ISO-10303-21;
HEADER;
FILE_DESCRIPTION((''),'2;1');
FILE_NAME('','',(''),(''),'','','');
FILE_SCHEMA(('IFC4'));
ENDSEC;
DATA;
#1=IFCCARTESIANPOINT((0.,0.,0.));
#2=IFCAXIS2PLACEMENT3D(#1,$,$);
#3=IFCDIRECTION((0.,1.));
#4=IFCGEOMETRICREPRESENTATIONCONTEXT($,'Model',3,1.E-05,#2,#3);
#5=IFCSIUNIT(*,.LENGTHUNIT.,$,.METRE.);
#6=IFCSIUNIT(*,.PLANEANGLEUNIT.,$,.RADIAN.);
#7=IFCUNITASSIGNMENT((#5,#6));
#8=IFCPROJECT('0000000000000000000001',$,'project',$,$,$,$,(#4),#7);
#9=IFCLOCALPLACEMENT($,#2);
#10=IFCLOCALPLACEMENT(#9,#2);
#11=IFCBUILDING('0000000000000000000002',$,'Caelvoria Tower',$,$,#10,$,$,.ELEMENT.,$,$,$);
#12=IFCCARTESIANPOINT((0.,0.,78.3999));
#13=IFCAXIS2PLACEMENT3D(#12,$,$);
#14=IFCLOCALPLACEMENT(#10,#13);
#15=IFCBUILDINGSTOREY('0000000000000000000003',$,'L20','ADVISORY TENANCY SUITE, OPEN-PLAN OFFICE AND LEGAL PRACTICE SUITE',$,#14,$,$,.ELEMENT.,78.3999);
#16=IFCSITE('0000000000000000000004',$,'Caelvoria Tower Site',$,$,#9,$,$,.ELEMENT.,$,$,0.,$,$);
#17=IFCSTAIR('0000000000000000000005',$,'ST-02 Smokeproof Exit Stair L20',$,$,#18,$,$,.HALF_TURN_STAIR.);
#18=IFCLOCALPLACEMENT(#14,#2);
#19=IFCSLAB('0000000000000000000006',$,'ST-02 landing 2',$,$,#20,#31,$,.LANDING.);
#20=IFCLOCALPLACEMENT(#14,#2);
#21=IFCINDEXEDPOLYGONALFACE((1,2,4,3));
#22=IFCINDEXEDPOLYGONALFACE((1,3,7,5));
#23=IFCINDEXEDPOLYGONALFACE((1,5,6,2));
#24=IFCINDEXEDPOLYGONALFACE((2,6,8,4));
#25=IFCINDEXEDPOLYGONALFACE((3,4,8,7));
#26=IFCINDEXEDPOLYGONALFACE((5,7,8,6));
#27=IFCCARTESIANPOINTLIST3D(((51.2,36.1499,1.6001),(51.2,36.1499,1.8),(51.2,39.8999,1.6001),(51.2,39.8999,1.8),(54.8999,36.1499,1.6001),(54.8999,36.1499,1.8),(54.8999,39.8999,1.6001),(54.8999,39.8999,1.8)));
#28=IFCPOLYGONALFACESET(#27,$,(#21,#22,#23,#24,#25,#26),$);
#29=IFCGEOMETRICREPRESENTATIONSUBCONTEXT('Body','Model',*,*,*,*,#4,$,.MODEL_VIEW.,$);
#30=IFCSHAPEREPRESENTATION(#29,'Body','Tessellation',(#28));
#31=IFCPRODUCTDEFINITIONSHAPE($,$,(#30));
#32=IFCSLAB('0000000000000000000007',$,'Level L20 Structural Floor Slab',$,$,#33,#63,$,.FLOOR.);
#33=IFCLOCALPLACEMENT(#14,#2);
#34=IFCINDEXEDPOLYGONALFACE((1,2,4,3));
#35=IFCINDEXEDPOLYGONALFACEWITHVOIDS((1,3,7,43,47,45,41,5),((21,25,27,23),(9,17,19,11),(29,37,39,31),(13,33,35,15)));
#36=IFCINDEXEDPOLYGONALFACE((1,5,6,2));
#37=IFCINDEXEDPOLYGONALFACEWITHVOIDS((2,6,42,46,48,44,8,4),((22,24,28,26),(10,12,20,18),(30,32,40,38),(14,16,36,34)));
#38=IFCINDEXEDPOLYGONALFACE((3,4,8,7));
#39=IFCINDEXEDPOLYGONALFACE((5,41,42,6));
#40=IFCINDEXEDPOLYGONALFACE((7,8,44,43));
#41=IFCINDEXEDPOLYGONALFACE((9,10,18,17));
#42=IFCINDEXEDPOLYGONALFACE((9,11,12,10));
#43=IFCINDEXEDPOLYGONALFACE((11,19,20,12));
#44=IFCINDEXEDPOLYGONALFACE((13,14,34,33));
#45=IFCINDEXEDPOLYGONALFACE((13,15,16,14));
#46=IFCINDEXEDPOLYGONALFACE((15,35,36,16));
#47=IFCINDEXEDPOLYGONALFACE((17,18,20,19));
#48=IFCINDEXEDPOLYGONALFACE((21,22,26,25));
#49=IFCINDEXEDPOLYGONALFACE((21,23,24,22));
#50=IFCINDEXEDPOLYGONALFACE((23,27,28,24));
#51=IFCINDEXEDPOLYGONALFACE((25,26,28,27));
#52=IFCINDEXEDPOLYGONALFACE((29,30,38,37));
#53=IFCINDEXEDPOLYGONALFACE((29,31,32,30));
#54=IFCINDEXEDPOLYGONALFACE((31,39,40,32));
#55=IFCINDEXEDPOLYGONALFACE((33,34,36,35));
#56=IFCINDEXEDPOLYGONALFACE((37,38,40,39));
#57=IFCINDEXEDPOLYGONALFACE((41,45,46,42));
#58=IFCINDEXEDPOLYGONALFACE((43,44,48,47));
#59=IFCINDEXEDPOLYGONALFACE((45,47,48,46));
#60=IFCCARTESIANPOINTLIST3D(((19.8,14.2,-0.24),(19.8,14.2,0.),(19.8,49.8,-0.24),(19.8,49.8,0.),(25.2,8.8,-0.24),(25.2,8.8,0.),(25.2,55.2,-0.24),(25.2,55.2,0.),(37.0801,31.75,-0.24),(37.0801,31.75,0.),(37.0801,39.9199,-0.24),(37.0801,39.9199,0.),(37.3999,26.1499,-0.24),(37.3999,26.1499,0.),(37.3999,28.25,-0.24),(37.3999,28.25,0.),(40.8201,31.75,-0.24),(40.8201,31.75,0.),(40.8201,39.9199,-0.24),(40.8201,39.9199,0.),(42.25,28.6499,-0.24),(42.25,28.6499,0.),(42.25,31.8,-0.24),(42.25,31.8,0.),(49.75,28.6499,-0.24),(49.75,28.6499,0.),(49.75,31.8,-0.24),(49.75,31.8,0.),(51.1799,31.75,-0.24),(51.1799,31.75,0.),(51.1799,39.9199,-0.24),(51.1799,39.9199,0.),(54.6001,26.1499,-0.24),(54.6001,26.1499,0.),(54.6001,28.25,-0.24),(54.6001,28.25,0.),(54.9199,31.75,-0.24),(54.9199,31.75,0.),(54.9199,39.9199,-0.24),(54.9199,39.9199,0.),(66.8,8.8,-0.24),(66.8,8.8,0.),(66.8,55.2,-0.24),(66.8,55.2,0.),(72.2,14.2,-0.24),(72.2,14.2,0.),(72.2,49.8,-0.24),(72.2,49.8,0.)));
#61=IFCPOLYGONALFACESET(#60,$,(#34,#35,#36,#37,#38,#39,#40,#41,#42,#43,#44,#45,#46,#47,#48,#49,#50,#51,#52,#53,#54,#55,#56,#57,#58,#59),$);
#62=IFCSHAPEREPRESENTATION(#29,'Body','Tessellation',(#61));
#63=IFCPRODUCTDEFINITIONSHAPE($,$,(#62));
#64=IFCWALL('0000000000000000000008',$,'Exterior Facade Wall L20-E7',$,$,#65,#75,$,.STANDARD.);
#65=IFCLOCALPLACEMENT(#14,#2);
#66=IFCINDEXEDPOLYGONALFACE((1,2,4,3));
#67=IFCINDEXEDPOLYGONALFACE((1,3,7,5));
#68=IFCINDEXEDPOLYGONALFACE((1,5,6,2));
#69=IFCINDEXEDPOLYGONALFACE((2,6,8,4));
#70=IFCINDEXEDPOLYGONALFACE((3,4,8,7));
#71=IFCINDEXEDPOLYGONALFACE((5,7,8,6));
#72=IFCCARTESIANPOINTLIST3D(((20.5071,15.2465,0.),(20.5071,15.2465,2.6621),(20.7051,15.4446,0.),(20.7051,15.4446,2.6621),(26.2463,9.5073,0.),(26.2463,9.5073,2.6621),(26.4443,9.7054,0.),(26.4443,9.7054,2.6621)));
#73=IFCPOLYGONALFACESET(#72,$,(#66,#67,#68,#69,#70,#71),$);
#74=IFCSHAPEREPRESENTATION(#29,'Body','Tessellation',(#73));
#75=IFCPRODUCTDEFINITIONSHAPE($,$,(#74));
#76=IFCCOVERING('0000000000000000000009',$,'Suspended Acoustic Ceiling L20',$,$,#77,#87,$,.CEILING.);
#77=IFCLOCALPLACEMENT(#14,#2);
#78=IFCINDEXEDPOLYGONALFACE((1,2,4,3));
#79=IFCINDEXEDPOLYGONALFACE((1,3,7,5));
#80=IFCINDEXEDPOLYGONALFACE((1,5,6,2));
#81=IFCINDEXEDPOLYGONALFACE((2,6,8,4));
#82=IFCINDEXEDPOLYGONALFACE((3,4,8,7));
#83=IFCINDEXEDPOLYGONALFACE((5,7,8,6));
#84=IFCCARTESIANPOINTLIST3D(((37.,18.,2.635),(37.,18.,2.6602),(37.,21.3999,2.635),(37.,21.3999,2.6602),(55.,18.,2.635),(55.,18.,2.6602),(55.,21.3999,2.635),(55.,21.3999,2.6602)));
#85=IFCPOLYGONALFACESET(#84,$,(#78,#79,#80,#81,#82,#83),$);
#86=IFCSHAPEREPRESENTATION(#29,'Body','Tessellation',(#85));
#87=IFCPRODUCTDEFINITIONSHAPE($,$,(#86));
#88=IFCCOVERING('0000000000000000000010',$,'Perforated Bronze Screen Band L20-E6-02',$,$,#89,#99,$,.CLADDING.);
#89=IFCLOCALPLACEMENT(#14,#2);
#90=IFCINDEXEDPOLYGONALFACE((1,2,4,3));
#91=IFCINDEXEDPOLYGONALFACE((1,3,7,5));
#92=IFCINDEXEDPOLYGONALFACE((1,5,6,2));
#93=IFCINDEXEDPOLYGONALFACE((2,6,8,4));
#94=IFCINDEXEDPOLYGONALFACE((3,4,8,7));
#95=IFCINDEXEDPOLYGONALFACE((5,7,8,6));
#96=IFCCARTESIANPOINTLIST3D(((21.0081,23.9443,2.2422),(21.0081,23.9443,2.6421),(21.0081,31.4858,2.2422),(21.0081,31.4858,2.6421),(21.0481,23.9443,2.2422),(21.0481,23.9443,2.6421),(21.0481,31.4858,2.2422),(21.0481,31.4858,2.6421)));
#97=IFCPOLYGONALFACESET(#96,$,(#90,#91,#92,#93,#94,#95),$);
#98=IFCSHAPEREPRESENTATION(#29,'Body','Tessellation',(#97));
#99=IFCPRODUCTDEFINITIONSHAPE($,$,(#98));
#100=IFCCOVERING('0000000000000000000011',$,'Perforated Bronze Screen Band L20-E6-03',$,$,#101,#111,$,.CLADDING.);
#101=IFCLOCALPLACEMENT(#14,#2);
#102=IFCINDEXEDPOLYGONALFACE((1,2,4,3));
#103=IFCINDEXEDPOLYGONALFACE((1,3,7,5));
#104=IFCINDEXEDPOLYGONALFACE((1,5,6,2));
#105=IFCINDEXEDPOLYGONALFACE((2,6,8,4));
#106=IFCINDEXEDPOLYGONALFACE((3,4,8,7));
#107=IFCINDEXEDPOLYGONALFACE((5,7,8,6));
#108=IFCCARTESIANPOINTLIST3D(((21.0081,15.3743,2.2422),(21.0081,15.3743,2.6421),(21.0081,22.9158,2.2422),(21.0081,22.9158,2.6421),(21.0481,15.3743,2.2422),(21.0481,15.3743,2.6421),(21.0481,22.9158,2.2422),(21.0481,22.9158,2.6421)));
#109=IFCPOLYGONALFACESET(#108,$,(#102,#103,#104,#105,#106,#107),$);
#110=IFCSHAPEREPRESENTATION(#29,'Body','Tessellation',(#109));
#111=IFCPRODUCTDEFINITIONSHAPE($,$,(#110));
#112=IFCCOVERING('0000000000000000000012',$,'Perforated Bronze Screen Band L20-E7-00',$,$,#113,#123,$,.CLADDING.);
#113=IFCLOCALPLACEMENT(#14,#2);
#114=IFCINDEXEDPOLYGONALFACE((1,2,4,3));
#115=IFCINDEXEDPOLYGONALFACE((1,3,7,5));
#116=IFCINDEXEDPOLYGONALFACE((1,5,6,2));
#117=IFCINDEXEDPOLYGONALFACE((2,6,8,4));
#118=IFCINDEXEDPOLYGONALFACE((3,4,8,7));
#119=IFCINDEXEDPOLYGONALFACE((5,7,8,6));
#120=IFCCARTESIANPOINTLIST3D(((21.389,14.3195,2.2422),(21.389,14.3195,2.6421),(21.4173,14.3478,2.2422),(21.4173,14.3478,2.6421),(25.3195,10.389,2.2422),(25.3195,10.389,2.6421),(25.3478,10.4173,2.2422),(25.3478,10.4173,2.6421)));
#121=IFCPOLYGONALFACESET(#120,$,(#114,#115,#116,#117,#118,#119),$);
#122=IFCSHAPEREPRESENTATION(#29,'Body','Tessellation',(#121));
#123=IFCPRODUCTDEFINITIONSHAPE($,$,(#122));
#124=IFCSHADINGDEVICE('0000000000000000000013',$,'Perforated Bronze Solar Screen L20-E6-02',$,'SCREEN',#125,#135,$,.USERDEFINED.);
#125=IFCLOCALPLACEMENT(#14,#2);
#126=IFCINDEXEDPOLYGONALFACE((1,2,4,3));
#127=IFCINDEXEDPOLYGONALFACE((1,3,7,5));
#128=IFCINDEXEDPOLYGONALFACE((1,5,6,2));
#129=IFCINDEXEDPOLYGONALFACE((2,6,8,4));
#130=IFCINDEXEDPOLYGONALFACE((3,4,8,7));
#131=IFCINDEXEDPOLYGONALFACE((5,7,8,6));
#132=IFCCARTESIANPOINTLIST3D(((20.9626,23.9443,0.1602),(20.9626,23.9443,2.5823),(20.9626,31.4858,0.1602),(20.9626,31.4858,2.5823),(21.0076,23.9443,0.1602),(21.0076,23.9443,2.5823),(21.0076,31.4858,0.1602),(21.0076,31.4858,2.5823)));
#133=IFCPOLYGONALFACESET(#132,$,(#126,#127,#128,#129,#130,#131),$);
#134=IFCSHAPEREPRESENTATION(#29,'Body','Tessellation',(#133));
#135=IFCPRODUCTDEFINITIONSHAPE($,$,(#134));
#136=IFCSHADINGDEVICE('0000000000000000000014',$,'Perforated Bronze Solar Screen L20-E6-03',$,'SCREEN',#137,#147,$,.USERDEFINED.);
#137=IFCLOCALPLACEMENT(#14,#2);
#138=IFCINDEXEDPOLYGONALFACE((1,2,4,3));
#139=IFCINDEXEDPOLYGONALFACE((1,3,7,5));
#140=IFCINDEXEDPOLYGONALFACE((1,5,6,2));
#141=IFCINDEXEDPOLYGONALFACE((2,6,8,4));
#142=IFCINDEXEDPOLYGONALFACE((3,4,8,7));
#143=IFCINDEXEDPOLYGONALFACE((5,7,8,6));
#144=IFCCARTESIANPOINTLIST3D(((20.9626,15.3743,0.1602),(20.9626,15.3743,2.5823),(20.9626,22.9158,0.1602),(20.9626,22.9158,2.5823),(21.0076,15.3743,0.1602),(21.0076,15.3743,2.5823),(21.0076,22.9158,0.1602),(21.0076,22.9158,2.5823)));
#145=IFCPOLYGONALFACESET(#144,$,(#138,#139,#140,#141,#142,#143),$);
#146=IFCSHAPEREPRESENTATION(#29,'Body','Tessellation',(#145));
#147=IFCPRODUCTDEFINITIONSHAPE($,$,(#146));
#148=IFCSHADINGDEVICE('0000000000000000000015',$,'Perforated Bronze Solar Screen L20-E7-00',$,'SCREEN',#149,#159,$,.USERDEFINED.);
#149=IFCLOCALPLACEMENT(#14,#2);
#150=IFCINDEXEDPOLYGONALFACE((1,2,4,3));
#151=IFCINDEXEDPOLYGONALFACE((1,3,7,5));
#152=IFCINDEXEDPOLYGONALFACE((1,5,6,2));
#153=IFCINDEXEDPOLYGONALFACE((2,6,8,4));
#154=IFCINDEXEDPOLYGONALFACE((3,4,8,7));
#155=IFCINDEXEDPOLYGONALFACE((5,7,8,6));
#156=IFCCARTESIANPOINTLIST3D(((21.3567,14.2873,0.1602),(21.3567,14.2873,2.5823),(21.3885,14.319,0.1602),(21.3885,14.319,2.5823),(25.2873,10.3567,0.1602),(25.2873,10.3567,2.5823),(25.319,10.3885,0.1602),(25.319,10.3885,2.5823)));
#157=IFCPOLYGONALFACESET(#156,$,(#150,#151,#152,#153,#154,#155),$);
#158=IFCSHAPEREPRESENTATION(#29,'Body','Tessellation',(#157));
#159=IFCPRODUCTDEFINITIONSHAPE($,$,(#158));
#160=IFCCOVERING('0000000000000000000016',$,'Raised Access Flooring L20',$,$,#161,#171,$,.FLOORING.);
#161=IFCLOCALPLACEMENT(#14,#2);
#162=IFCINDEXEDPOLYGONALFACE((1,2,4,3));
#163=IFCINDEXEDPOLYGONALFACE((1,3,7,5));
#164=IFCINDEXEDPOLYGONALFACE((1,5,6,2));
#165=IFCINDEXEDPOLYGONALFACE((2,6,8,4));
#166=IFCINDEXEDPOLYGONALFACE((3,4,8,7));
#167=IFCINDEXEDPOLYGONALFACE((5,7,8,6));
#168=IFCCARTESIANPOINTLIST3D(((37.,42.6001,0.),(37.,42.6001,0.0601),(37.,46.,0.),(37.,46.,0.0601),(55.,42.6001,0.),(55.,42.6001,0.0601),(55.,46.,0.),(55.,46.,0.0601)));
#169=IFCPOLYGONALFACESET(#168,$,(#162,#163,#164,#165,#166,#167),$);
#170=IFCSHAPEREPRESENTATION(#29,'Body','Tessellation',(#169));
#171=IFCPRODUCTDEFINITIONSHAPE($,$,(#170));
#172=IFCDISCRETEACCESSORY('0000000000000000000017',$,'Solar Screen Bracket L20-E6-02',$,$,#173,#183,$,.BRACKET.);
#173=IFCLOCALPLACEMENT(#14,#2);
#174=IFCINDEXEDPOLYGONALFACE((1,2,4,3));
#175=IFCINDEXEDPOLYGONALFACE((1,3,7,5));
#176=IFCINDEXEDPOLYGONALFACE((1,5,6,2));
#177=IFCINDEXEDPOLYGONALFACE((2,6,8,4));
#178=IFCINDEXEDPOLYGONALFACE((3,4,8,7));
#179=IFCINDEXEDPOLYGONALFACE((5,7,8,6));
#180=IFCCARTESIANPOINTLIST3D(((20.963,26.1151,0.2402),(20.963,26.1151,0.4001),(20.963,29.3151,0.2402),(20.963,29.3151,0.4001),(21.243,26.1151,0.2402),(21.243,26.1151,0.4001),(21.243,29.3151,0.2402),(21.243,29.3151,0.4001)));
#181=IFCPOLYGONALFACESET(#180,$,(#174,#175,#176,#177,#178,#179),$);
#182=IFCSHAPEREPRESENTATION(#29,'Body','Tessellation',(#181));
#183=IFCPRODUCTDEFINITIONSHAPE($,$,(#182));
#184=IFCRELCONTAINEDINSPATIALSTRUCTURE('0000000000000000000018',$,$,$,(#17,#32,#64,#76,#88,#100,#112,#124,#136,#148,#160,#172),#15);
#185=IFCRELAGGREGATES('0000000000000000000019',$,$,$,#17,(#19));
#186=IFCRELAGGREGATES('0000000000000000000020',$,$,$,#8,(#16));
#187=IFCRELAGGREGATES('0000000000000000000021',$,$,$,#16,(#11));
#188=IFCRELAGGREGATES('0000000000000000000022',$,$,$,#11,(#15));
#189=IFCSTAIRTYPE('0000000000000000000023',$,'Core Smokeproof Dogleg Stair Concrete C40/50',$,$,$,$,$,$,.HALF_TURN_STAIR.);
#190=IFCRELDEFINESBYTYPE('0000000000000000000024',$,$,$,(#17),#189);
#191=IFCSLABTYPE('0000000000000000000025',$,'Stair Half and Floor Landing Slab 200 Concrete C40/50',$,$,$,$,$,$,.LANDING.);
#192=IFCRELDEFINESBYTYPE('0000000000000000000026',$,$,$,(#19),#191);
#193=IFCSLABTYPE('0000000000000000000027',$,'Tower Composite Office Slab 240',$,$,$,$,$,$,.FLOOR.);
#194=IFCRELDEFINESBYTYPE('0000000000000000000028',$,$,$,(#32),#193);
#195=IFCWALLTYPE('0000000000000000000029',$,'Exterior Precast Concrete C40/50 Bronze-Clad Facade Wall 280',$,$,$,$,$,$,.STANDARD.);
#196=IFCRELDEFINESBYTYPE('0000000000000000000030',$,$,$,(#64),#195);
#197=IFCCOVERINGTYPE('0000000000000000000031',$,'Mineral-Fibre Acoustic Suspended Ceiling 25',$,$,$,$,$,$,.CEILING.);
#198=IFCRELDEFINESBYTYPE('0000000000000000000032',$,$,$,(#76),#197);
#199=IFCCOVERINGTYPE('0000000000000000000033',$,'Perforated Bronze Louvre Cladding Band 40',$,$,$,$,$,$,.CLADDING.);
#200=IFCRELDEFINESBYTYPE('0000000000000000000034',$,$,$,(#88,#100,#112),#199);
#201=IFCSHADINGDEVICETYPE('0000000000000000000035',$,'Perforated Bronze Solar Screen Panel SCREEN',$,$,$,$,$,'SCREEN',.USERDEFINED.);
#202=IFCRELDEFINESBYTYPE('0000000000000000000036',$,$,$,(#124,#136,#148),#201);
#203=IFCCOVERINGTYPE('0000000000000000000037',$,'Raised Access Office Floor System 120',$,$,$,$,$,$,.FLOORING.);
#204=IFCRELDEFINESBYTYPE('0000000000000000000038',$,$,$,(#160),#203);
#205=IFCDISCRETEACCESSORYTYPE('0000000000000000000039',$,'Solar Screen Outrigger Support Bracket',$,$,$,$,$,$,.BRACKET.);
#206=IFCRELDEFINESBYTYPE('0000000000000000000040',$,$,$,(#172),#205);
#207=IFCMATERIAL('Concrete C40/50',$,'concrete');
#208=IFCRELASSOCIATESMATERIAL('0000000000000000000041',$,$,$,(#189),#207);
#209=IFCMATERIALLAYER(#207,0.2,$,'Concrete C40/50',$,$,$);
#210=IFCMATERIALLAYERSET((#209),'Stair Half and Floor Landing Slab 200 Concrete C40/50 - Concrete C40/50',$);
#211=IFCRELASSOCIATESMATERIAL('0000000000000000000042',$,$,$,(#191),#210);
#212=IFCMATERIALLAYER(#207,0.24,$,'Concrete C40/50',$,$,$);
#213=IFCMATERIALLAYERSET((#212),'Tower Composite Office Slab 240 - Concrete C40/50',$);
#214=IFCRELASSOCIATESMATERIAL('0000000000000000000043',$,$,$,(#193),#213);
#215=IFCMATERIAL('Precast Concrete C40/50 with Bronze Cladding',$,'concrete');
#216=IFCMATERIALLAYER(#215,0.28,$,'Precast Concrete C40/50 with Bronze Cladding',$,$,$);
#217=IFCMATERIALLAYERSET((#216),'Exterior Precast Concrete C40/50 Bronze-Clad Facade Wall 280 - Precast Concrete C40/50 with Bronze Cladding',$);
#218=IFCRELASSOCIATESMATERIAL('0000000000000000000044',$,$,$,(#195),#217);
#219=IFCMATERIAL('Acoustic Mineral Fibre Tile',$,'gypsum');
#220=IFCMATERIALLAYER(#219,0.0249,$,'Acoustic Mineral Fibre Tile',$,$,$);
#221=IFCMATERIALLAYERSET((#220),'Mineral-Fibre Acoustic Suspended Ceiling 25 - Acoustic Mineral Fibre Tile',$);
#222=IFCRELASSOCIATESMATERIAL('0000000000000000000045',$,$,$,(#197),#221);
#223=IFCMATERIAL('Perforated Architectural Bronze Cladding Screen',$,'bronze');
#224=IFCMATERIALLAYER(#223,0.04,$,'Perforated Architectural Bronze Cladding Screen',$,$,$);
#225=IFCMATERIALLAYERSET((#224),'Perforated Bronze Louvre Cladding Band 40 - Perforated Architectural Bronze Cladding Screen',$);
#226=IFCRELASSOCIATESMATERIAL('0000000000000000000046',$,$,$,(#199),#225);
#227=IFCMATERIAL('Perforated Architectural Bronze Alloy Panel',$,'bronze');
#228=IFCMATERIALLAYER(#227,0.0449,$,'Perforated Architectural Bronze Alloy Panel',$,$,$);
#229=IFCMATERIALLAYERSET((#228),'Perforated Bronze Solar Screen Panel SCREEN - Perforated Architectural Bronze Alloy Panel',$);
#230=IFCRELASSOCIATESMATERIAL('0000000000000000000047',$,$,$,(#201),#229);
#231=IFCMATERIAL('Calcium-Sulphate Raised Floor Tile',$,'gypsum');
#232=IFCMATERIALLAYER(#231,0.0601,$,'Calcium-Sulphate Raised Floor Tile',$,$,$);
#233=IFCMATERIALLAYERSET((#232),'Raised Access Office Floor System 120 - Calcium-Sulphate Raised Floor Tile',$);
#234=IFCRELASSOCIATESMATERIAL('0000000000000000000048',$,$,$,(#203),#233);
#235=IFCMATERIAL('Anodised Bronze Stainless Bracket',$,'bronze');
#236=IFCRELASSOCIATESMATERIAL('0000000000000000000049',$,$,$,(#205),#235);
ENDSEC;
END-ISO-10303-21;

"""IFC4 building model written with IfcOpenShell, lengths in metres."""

from ifc_helpers import new_model, si_unit, direction, frame, frame_2d, origin, origin_2d, place, context, subcontext, project, spatial, polyline, rectangle, outline, extrude, material, layer, layer_set, type_object, element, aggregate, save


model = new_model("IFC4")

# Units and contexts
model_context = context("Model", 3, precision=1e-05, world=origin(), true_north=direction((0.0, 1.0)))
body_context = subcontext(model_context, "Body", "Model", "MODEL_VIEW")
ifc_project = project(units=[si_unit("LENGTHUNIT", "METRE"), si_unit("PLANEANGLEUNIT", "RADIAN")], contexts=[model_context])

# Site, building, storey
site_placement = place(None, origin())
site = spatial("IfcSite", under=ifc_project, at=site_placement, Name="Caelvoria Tower Site", CompositionType="ELEMENT", RefElevation=0.0)
building_placement = place(site_placement, origin())
building = spatial("IfcBuilding", under=site, at=building_placement, Name="Caelvoria Tower", CompositionType="ELEMENT")
storey_placement = place(building_placement, frame((0.0, 0.0, 78.3999)))
storey = spatial("IfcBuildingStorey", under=building, at=storey_placement, Name="L20", Description="ADVISORY TENANCY SUITE, OPEN-PLAN OFFICE AND LEGAL PRACTICE SUITE", CompositionType="ELEMENT", Elevation=78.3999)

# Stair, slab
ifc_material_1 = material(Name="Concrete C40/50", Category="concrete")
stair_type = type_object("IfcStairType", Name="Core Smokeproof Dogleg Stair Concrete C40/50", PredefinedType="HALF_TURN_STAIR", material=ifc_material_1)
ifc_layer_1 = layer(ifc_material_1, 0.2, Name="Concrete C40/50")
ifc_layer_set_1 = layer_set([ifc_layer_1], Name="Stair Half and Floor Landing Slab 200 Concrete C40/50 - Concrete C40/50")
slab_type_1 = type_object("IfcSlabType", Name="Stair Half and Floor Landing Slab 200 Concrete C40/50", PredefinedType="LANDING", material=ifc_layer_set_1)
stair_1_placement = place(storey_placement, origin())
stair_1 = element("IfcStair", 1, at=stair_1_placement, inside=storey, type_object=stair_type, Name="ST-02 Smokeproof Exit Stair L20", PredefinedType="HALF_TURN_STAIR")
slab_1_placement = place(storey_placement, frame((0.0, 0.0, 1.6001)))
slab_1 = element("IfcSlab", 2, at=slab_1_placement, type_object=slab_type_1, Name="ST-02 landing 2", PredefinedType="LANDING", context=body_context, shape_type="SweptSolid", body=[
    extrude(outline(polyline([(51.2, 36.1499), (54.8999, 36.1499), (54.8999, 39.8999), (51.2, 39.8999), (51.2, 36.1499)])), origin(), (0.0, 0.0, 1.0), 0.2),
])
aggregate(stair_1, [slab_1])

# Slab
ifc_layer_2 = layer(ifc_material_1, 0.24, Name="Concrete C40/50")
ifc_layer_set_2 = layer_set([ifc_layer_2], Name="Tower Composite Office Slab 240 - Concrete C40/50")
slab_type_2 = type_object("IfcSlabType", Name="Tower Composite Office Slab 240", PredefinedType="FLOOR", material=ifc_layer_set_2)
slab_2_placement = place(storey_placement, frame((0.0, 0.0, -0.24)))
element("IfcSlab", 3, at=slab_2_placement, inside=storey, type_object=slab_type_2, Name="Level L20 Structural Floor Slab", PredefinedType="FLOOR", context=body_context, shape_type="SweptSolid", body=[
    extrude(outline(polyline([(25.2, 8.8), (66.8, 8.8), (72.2, 14.2), (72.2, 49.8), (66.8, 55.2), (25.2, 55.2), (19.8, 49.8), (19.8, 14.2), (25.2, 8.8)]), holes=[polyline([(37.0801, 31.75), (40.8201, 31.75), (40.8201, 39.9199), (37.0801, 39.9199), (37.0801, 31.75)]), polyline([(51.1799, 31.75), (54.9199, 31.75), (54.9199, 39.9199), (51.1799, 39.9199), (51.1799, 31.75)]), polyline([(42.25, 28.6499), (49.75, 28.6499), (49.75, 31.8), (42.25, 31.8), (42.25, 28.6499)]), polyline([(37.3999, 26.1499), (54.6001, 26.1499), (54.6001, 28.25), (37.3999, 28.25), (37.3999, 26.1499)])]), origin(), (0.0, 0.0, 1.0), 0.24),
])

# Wall
ifc_material_2 = material(Name="Precast Concrete C40/50 with Bronze Cladding", Category="concrete")
ifc_layer_3 = layer(ifc_material_2, 0.28, Name="Precast Concrete C40/50 with Bronze Cladding")
ifc_layer_set_3 = layer_set([ifc_layer_3], Name="Exterior Precast Concrete C40/50 Bronze-Clad Facade Wall 280 - Precast Concrete C40/50 with Bronze Cladding")
wall_type = type_object("IfcWallType", Name="Exterior Precast Concrete C40/50 Bronze-Clad Facade Wall 280", PredefinedType="STANDARD", material=ifc_layer_set_3)
wall_placement = place(storey_placement, frame((20.6062, 15.3455, 0.0), z_axis=(0.0, 0.0, 1.0), x_axis=(0.707107, -0.707107, 0.0)))
element("IfcWall", 4, at=wall_placement, inside=storey, type_object=wall_type, Name="Exterior Facade Wall L20-E7", PredefinedType="STANDARD", context=body_context, shape_type="SweptSolid", body=[
    extrude(rectangle(XDim=8.1165, YDim=0.28, at=frame_2d((4.0581, 0.0))), origin(), (0.0, 0.0, 1.0), 2.6621),
])

# Coverings
ifc_material_3 = material(Name="Acoustic Mineral Fibre Tile", Category="gypsum")
ifc_layer_4 = layer(ifc_material_3, 0.0249, Name="Acoustic Mineral Fibre Tile")
ifc_layer_set_4 = layer_set([ifc_layer_4], Name="Mineral-Fibre Acoustic Suspended Ceiling 25 - Acoustic Mineral Fibre Tile")
covering_type_1 = type_object("IfcCoveringType", Name="Mineral-Fibre Acoustic Suspended Ceiling 25", PredefinedType="CEILING", material=ifc_layer_set_4)
covering_1_placement = place(storey_placement, frame((0.0, 0.0, 2.635)))
element("IfcCovering", 5, at=covering_1_placement, inside=storey, type_object=covering_type_1, Name="Suspended Acoustic Ceiling L20", PredefinedType="CEILING", context=body_context, shape_type="SweptSolid", body=[
    extrude(outline(polyline([(37.0, 18.0), (55.0, 18.0), (55.0, 21.3999), (37.0, 21.3999), (37.0, 18.0)])), origin(), (0.0, 0.0, 1.0), 0.0251),
])
ifc_material_4 = material(Name="Perforated Architectural Bronze Cladding Screen", Category="bronze")
ifc_layer_5 = layer(ifc_material_4, 0.04, Name="Perforated Architectural Bronze Cladding Screen")
ifc_layer_set_5 = layer_set([ifc_layer_5], Name="Perforated Bronze Louvre Cladding Band 40 - Perforated Architectural Bronze Cladding Screen")
covering_type_2 = type_object("IfcCoveringType", Name="Perforated Bronze Louvre Cladding Band 40", PredefinedType="CLADDING", material=ifc_layer_set_5)
for number, where, z_axis, x_axis, name in (
    (6, (21.0281, 27.7151, 2.2422), (0.0, 0.0, 1.0), (0.0, -1.0, 0.0), "Perforated Bronze Screen Band L20-E6-02"),
    (7, (21.0281, 19.145, 2.2422), (0.0, 0.0, 1.0), (0.0, -1.0, 0.0), "Perforated Bronze Screen Band L20-E6-03"),
):
    element("IfcCovering", number, at=place(storey_placement, frame(where, z_axis=z_axis, x_axis=x_axis)), inside=storey, type_object=covering_type_2, Name=name, PredefinedType="CLADDING", context=body_context, shape_type="SweptSolid", body=[
        extrude(rectangle(XDim=7.5415, YDim=0.04, at=origin_2d()), origin(), (0.0, 0.0, 1.0), 0.3999),
    ])
covering_2_placement = place(storey_placement, frame((23.3684, 12.3684, 2.2422), z_axis=(0.0, 0.0, 1.0), x_axis=(0.707107, -0.707107, 0.0)))
element("IfcCovering", 8, at=covering_2_placement, inside=storey, type_object=covering_type_2, Name="Perforated Bronze Screen Band L20-E7-00", PredefinedType="CLADDING", context=body_context, shape_type="SweptSolid", body=[
    extrude(rectangle(XDim=5.5586, YDim=0.04, at=origin_2d()), origin(), (0.0, 0.0, 1.0), 0.3999),
])

# Shading devices
ifc_material_5 = material(Name="Perforated Architectural Bronze Alloy Panel", Category="bronze")
ifc_layer_6 = layer(ifc_material_5, 0.0449, Name="Perforated Architectural Bronze Alloy Panel")
ifc_layer_set_6 = layer_set([ifc_layer_6], Name="Perforated Bronze Solar Screen Panel SCREEN - Perforated Architectural Bronze Alloy Panel")
shading_device_type = type_object("IfcShadingDeviceType", Name="Perforated Bronze Solar Screen Panel SCREEN", ElementType="SCREEN", PredefinedType="USERDEFINED", material=ifc_layer_set_6)
for number, where, z_axis, x_axis, name in (
    (9, (20.9851, 27.7151, 0.1602), (0.0, 0.0, 1.0), (0.0, -1.0, 0.0), "Perforated Bronze Solar Screen L20-E6-02"),
    (10, (20.9851, 19.145, 0.1602), (0.0, 0.0, 1.0), (0.0, -1.0, 0.0), "Perforated Bronze Solar Screen L20-E6-03"),
):
    element("IfcShadingDevice", number, at=place(storey_placement, frame(where, z_axis=z_axis, x_axis=x_axis)), inside=storey, type_object=shading_device_type, Name=name, ObjectType="SCREEN", PredefinedType="USERDEFINED", context=body_context, shape_type="SweptSolid", body=[
        extrude(rectangle(XDim=7.5415, YDim=0.0449, at=origin_2d()), origin(), (0.0, 0.0, 1.0), 2.4221),
    ])
shading_device_placement = place(storey_placement, frame((23.3379, 12.3379, 0.1602), z_axis=(0.0, 0.0, 1.0), x_axis=(0.707107, -0.707107, 0.0)))
element("IfcShadingDevice", 11, at=shading_device_placement, inside=storey, type_object=shading_device_type, Name="Perforated Bronze Solar Screen L20-E7-00", ObjectType="SCREEN", PredefinedType="USERDEFINED", context=body_context, shape_type="SweptSolid", body=[
    extrude(rectangle(XDim=5.5586, YDim=0.0449, at=origin_2d()), origin(), (0.0, 0.0, 1.0), 2.4221),
])

# Covering
ifc_material_6 = material(Name="Calcium-Sulphate Raised Floor Tile", Category="gypsum")
ifc_layer_7 = layer(ifc_material_6, 0.0601, Name="Calcium-Sulphate Raised Floor Tile")
ifc_layer_set_7 = layer_set([ifc_layer_7], Name="Raised Access Office Floor System 120 - Calcium-Sulphate Raised Floor Tile")
covering_type_3 = type_object("IfcCoveringType", Name="Raised Access Office Floor System 120", PredefinedType="FLOORING", material=ifc_layer_set_7)
covering_3_placement = place(storey_placement, origin())
element("IfcCovering", 12, at=covering_3_placement, inside=storey, type_object=covering_type_3, Name="Raised Access Flooring L20", PredefinedType="FLOORING", context=body_context, shape_type="SweptSolid", body=[
    extrude(outline(polyline([(37.0, 42.6001), (55.0, 42.6001), (55.0, 46.0), (37.0, 46.0), (37.0, 42.6001)])), origin(), (0.0, 0.0, 1.0), 0.0601),
])

# Discrete accessory
ifc_material_7 = material(Name="Anodised Bronze Stainless Bracket", Category="bronze")
discrete_accessory_type = type_object("IfcDiscreteAccessoryType", Name="Solar Screen Outrigger Support Bracket", PredefinedType="BRACKET", material=ifc_material_7)
for number, where, z_axis, x_axis, name in (
    (13, (21.103, 27.7151, 0.2402), (0.0, 0.0, 1.0), (0.0, -1.0, 0.0), "Solar Screen Bracket L20-E6-02"),
):
    element("IfcDiscreteAccessory", number, at=place(storey_placement, frame(where, z_axis=z_axis, x_axis=x_axis)), inside=storey, type_object=discrete_accessory_type, Name=name, PredefinedType="BRACKET", context=body_context, shape_type="SweptSolid", body=[
        extrude(rectangle(XDim=3.2, YDim=0.28, at=origin_2d()), origin(), (0.0, 0.0, 1.0), 0.1599),
    ])

save(model, "model.ifc")
